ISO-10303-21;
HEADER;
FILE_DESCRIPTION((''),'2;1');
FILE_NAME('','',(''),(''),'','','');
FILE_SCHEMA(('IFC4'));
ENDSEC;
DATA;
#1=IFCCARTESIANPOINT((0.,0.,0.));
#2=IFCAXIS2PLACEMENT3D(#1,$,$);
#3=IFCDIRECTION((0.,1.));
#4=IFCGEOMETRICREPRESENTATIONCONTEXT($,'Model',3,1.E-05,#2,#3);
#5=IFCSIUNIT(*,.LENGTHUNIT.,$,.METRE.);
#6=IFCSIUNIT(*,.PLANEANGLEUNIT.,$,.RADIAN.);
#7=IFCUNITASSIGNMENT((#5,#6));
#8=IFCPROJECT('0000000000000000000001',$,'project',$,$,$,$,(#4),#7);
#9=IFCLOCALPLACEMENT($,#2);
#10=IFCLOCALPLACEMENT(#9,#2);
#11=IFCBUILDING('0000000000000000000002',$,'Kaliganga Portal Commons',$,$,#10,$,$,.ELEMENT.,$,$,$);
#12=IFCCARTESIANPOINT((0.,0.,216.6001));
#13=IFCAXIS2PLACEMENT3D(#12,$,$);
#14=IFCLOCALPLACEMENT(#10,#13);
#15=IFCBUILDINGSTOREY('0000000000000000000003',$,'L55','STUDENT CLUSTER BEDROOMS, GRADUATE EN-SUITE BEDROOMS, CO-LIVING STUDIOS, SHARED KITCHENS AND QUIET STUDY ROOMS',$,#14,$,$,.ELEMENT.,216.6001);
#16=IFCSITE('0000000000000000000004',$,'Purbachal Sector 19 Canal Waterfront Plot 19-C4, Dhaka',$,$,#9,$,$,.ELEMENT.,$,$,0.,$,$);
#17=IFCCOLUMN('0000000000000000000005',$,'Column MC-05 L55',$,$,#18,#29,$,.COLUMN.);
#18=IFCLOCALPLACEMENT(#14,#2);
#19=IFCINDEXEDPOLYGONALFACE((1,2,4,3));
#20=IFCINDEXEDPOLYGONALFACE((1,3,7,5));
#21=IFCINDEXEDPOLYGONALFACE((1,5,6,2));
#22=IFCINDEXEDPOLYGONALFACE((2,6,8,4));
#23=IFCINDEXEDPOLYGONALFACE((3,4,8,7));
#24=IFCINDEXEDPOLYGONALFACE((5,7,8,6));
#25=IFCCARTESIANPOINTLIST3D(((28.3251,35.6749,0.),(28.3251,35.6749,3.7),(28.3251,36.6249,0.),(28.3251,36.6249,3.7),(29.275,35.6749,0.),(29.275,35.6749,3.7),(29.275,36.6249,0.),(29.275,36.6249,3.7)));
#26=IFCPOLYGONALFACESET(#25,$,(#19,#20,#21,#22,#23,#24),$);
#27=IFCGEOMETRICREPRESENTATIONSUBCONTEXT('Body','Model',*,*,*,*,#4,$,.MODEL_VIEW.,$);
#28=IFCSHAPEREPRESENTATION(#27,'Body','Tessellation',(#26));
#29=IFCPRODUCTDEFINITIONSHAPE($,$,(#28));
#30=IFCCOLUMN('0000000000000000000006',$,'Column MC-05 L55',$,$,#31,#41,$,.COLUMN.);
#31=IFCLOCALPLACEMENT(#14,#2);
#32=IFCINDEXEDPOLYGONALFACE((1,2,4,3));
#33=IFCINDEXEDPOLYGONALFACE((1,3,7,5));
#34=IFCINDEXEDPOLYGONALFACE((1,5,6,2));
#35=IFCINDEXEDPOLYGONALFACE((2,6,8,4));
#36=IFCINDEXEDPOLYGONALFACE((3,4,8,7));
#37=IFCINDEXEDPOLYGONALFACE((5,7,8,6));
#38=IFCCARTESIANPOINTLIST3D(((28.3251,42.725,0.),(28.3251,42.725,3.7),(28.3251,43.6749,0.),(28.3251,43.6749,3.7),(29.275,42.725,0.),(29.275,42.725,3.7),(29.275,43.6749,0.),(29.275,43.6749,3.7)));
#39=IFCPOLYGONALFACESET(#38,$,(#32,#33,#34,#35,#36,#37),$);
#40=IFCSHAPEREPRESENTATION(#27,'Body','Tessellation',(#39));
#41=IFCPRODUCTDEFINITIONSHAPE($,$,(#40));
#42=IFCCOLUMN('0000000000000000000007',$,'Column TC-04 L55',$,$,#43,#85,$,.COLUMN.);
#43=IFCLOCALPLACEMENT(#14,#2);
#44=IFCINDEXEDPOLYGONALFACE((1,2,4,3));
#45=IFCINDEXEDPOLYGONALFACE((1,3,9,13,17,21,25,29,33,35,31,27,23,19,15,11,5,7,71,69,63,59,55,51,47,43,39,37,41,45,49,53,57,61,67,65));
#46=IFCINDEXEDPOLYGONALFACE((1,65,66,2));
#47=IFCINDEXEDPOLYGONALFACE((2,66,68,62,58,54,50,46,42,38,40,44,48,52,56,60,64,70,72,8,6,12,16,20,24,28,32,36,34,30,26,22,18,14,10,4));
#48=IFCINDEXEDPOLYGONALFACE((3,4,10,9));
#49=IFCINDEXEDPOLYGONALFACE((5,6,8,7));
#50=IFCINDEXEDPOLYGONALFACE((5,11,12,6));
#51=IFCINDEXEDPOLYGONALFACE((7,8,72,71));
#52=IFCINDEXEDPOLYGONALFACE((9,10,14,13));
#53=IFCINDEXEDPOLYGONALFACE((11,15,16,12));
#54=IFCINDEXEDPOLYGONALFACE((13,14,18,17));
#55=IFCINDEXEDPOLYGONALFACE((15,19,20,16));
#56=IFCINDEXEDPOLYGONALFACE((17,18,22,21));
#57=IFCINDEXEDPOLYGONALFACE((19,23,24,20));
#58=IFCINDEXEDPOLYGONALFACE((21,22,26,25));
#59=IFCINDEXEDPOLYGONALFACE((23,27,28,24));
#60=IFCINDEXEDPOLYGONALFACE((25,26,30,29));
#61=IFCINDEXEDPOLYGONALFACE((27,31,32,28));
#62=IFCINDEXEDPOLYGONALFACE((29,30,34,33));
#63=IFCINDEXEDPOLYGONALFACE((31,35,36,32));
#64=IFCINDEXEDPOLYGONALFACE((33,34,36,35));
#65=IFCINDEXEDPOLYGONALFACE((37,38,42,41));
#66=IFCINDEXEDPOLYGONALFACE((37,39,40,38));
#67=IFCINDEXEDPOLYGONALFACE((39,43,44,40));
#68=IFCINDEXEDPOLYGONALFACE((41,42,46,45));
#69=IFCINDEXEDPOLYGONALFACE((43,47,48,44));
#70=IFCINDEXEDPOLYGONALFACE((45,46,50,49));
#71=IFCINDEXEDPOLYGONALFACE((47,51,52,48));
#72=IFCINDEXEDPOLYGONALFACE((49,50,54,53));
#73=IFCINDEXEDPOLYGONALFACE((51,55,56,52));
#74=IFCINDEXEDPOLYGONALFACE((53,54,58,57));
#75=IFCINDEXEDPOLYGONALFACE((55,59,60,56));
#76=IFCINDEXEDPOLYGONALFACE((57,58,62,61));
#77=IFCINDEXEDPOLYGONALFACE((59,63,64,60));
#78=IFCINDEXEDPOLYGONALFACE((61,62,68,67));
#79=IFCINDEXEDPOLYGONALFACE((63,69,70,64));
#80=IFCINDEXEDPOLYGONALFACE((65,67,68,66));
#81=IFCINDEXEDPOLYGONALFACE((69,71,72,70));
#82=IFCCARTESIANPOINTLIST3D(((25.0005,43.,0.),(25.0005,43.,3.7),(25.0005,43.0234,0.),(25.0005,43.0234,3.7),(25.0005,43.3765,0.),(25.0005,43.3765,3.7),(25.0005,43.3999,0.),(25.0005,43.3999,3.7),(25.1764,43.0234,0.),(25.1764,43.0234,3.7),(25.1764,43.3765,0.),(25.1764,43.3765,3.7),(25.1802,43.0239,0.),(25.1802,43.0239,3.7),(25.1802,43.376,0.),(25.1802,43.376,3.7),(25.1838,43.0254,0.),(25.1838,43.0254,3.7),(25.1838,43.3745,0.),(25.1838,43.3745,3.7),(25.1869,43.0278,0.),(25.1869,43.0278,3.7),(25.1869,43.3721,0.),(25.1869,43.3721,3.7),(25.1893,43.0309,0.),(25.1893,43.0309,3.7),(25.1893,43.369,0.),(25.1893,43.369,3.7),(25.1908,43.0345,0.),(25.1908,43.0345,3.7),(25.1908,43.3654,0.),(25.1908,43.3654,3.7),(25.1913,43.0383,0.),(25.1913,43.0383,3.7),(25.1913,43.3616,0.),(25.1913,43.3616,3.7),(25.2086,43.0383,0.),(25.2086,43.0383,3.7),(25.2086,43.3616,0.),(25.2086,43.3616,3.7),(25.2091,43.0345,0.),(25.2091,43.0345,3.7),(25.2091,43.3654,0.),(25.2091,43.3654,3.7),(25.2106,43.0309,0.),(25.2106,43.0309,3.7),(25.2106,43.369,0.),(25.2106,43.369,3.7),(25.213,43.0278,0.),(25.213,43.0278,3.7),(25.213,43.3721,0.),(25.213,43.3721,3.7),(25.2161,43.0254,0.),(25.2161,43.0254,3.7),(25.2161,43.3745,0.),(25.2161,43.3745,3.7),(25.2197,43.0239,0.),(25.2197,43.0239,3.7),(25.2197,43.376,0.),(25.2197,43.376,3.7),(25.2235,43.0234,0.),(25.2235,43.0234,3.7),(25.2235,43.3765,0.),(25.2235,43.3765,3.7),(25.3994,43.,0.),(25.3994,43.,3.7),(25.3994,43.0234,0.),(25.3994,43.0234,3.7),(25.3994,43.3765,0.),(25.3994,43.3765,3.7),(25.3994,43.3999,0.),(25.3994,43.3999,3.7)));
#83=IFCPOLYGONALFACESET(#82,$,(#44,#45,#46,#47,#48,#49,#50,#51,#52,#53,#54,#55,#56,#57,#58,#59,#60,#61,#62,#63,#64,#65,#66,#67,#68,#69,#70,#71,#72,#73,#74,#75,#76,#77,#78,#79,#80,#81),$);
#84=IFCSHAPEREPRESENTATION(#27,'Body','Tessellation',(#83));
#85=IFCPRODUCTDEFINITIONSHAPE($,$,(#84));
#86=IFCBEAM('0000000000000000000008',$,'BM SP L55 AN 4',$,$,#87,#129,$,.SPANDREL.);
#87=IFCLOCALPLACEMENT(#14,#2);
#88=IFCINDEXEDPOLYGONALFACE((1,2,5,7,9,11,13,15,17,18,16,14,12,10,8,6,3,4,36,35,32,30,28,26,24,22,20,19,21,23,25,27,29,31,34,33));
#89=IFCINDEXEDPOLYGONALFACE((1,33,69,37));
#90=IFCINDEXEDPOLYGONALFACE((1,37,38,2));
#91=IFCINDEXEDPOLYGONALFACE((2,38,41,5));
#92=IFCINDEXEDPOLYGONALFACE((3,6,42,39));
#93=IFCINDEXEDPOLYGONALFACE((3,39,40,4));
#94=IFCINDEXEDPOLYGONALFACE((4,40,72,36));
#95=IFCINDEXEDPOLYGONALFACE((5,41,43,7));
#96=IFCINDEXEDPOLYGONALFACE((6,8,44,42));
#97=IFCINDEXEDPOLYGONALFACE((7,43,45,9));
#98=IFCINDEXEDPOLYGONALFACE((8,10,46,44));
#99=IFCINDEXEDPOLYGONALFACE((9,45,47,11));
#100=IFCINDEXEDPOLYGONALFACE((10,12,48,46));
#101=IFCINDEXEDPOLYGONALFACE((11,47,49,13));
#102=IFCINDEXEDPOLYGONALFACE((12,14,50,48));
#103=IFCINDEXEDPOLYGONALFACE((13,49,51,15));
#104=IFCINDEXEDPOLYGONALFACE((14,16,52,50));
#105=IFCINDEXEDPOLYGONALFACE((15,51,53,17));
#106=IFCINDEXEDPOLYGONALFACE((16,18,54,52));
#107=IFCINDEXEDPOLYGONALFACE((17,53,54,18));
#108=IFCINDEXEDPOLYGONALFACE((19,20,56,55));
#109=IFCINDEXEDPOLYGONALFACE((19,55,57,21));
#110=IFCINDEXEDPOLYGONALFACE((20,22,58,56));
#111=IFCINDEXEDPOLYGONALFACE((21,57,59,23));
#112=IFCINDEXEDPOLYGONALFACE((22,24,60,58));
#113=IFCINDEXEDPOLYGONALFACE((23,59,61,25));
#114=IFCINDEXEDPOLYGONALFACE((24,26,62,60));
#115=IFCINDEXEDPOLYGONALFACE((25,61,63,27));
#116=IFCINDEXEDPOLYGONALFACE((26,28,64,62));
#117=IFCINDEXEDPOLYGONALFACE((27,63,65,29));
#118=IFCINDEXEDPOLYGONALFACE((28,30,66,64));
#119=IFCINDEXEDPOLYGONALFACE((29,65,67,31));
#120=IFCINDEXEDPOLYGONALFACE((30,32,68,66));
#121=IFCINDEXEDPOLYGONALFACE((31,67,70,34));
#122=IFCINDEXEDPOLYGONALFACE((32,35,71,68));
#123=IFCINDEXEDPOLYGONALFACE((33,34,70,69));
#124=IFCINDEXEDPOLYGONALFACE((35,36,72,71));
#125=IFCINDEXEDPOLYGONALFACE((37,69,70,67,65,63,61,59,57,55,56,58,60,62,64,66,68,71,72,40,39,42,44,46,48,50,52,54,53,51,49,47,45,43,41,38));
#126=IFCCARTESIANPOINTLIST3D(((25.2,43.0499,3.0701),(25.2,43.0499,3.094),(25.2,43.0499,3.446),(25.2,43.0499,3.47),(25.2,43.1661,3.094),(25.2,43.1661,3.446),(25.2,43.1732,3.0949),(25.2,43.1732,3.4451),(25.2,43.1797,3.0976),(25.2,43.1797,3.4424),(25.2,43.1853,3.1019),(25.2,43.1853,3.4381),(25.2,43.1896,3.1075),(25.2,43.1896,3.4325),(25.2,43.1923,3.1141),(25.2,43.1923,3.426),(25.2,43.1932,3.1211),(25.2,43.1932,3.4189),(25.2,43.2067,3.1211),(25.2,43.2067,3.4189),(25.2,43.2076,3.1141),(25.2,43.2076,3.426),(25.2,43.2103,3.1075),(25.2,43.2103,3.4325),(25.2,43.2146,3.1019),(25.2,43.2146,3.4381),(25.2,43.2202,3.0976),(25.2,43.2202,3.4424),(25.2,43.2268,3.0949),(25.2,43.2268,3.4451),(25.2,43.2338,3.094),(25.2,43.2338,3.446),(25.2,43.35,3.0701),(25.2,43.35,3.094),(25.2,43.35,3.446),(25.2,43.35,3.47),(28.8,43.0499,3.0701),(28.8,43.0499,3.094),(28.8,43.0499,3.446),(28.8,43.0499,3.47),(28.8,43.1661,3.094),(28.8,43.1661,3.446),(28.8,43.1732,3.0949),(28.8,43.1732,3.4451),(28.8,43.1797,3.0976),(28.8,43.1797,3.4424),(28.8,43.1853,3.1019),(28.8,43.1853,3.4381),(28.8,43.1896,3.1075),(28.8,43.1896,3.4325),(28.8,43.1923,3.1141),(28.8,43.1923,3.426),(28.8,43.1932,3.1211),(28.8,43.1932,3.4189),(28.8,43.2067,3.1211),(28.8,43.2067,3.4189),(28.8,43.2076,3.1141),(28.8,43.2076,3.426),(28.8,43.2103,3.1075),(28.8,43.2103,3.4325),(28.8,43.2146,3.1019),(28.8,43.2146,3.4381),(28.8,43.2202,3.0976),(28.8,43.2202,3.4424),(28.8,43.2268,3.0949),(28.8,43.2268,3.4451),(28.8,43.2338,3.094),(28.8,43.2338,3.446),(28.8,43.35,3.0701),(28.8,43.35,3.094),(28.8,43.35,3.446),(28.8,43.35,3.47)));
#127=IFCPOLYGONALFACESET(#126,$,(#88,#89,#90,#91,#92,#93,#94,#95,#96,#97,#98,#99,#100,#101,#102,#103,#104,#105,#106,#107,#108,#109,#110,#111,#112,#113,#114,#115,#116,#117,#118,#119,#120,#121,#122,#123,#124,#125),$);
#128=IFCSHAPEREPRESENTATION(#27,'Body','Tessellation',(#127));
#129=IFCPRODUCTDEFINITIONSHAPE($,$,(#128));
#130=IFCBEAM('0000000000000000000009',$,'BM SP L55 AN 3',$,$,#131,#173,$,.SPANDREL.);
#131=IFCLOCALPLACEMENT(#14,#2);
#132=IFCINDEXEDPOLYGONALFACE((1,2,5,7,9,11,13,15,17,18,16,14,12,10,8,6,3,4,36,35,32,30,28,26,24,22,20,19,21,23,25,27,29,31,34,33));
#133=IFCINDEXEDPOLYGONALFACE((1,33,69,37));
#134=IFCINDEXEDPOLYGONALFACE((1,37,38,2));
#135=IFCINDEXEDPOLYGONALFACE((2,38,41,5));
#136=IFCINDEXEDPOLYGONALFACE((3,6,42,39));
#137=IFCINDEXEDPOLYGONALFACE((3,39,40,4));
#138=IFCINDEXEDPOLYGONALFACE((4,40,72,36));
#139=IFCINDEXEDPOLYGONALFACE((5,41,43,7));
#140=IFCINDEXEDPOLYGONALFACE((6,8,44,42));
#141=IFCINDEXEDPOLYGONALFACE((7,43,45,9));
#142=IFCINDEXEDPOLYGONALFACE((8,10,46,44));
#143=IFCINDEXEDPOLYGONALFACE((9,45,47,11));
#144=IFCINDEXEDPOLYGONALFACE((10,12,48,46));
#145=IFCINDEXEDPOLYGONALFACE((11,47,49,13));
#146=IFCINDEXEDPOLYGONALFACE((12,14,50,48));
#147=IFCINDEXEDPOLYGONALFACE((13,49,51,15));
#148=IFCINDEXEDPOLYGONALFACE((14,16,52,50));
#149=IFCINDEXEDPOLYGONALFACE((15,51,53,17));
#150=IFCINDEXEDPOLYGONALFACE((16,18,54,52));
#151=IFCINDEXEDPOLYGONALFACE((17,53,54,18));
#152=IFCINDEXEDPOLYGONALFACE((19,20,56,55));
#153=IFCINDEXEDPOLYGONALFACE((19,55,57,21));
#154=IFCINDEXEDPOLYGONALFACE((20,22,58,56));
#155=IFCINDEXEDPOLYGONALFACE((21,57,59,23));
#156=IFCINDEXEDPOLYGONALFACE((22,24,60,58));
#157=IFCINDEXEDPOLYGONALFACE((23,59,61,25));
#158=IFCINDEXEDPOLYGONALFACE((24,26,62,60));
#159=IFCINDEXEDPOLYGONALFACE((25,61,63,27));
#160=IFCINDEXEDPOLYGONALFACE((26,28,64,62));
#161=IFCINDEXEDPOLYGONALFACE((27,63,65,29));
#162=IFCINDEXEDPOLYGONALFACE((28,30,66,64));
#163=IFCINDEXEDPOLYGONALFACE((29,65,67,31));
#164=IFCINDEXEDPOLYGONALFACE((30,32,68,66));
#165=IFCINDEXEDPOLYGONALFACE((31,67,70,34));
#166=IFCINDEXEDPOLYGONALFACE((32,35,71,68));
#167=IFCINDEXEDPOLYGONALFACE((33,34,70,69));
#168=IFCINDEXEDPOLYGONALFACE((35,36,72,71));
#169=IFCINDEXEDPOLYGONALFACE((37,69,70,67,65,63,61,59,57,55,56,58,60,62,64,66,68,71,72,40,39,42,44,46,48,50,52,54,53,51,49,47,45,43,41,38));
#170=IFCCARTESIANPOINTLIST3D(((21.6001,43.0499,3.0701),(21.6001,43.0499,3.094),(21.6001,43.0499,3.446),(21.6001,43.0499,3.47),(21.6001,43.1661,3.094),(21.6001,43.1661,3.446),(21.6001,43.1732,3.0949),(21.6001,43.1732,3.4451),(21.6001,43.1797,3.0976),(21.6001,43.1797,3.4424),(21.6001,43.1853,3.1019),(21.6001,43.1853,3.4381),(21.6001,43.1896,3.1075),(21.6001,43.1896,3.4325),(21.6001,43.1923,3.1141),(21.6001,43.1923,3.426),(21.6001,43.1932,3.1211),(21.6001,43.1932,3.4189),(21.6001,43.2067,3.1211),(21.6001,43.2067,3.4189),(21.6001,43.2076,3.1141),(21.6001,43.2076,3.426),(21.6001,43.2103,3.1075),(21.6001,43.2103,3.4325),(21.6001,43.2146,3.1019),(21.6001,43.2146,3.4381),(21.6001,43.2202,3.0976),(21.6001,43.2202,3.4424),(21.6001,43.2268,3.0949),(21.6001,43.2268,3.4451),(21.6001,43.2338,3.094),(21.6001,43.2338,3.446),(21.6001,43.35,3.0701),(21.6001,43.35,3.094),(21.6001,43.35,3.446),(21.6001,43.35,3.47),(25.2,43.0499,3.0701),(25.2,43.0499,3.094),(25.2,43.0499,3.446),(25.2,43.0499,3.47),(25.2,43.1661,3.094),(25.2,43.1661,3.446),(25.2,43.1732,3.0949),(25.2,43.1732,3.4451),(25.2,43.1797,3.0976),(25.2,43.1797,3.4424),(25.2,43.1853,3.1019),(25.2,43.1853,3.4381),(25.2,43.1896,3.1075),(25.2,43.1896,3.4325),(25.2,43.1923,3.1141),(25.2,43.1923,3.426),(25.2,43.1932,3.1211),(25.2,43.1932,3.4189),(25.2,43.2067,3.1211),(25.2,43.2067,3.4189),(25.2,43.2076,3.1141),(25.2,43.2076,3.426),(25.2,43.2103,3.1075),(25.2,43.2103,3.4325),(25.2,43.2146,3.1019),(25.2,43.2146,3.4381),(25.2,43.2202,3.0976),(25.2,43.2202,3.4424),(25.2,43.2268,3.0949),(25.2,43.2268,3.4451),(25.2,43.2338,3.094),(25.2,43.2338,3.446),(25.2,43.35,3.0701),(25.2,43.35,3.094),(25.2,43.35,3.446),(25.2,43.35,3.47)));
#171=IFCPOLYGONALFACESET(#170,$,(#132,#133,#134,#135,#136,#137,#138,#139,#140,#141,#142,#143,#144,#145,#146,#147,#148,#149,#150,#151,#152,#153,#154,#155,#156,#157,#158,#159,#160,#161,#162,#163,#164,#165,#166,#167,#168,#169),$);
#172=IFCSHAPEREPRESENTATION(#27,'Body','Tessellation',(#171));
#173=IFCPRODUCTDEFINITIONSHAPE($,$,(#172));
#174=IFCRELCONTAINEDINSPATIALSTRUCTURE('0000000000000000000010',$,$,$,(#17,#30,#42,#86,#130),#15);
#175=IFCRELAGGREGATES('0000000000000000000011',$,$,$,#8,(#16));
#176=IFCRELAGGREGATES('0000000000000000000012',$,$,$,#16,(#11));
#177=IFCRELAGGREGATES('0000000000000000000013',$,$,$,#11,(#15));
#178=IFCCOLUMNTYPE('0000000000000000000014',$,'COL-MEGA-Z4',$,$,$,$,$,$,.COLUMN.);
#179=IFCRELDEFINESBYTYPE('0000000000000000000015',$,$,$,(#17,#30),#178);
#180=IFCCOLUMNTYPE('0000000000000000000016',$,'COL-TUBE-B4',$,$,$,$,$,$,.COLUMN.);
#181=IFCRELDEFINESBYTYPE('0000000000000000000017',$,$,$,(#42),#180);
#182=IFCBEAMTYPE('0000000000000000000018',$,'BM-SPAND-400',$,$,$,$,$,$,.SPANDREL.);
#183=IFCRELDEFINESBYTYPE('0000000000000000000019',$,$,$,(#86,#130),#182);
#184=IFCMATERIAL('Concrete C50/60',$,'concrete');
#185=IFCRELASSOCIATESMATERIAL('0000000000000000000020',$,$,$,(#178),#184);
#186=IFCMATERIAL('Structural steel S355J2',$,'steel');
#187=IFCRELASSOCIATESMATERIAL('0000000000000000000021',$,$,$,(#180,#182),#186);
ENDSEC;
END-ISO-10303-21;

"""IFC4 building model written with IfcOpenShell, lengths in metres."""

from ifc_helpers import new_model, si_unit, direction, frame, origin, origin_2d, place, context, subcontext, project, spatial, rectangle, i_section, extrude, source, transform, mapped, material, material_profile, profile_set, type_object, element, save


model = new_model("IFC4")

# Units and contexts
model_context = context("Model", 3, precision=1e-05, world=origin(), true_north=direction((0.0, 1.0)))
body_context = subcontext(model_context, "Body", "Model", "MODEL_VIEW")
ifc_project = project(units=[si_unit("LENGTHUNIT", "METRE"), si_unit("PLANEANGLEUNIT", "RADIAN")], contexts=[model_context])

# Site, building, storey
site_placement = place(None, origin())
site = spatial("IfcSite", under=ifc_project, at=site_placement, Name="Purbachal Sector 19 Canal Waterfront Plot 19-C4, Dhaka", CompositionType="ELEMENT", RefElevation=0.0)
building_placement = place(site_placement, origin())
building = spatial("IfcBuilding", under=site, at=building_placement, Name="Kaliganga Portal Commons", CompositionType="ELEMENT")
storey_placement = place(building_placement, frame((0.0, 0.0, 216.6001)))
storey = spatial("IfcBuildingStorey", under=building, at=storey_placement, Name="L55", Description="STUDENT CLUSTER BEDROOMS, GRADUATE EN-SUITE BEDROOMS, CO-LIVING STUDIOS, SHARED KITCHENS AND QUIET STUDY ROOMS", CompositionType="ELEMENT", Elevation=216.6001)

# Columns
ifc_material_1 = material(Name="Concrete C50/60", Category="concrete")
ifc_material_profile_1 = material_profile(ifc_material_1, rectangle(XDim=0.95, YDim=0.95, at=origin_2d()), Name="RC 950x950")
ifc_profile_set_1 = profile_set([ifc_material_profile_1], Name="Concrete C50/60")
column_type_1 = type_object("IfcColumnType", Name="COL-MEGA-Z4", PredefinedType="COLUMN", material=ifc_profile_set_1)
shared_shape_1 = source(origin(), body_context, "Body", "SweptSolid", [
    extrude(rectangle(XDim=0.95, YDim=0.95, at=origin_2d()), origin(), (0.0, 0.0, 1.0), 3.7),
])
for number, where, z_axis, x_axis, name in (
    (1, (28.8, 36.1499, 0.0), (0.0, 0.0, 1.0), (1.0, 0.0, 0.0), "Column MC-05 L55"),
    (2, (28.8, 43.2, 0.0), (0.0, 0.0, 1.0), (1.0, 0.0, 0.0), "Column MC-05 L55"),
):
    element("IfcColumn", number, at=place(storey_placement, frame(where, z_axis=z_axis, x_axis=x_axis)), inside=storey, type_object=column_type_1, Name=name, PredefinedType="COLUMN", context=body_context, shape_type="MappedRepresentation", body=[
        mapped(shared_shape_1, transform((0.0, 0.0, 0.0), x_axis=(1.0, 0.0, 0.0), y_axis=(0.0, 1.0, 0.0), z_axis=(0.0, 0.0, 1.0), scale=1.0)),
    ])
ifc_material_2 = material(Name="Structural steel S355J2", Category="steel")
ifc_material_profile_2 = material_profile(ifc_material_2, i_section(OverallWidth=0.3989, OverallDepth=0.3999, WebThickness=0.0173, FlangeThickness=0.0234, FilletRadius=0.0149, at=origin_2d()), Name="HD 400x287")
ifc_profile_set_2 = profile_set([ifc_material_profile_2], Name="Structural steel S355J2 wide-flange")
column_type_2 = type_object("IfcColumnType", Name="COL-TUBE-B4", PredefinedType="COLUMN", material=ifc_profile_set_2)
shared_shape_2 = source(origin(), body_context, "Body", "SweptSolid", [
    extrude(i_section(OverallWidth=0.3989, OverallDepth=0.3999, WebThickness=0.0173, FlangeThickness=0.0234, FilletRadius=0.0149, at=origin_2d()), origin(), (0.0, 0.0, 1.0), 3.7),
])
column_placement = place(storey_placement, frame((25.2, 43.2, 0.0), z_axis=(0.0, 0.0, 1.0), x_axis=(1.0, 0.0, 0.0)))
element("IfcColumn", 3, at=column_placement, inside=storey, type_object=column_type_2, Name="Column TC-04 L55", PredefinedType="COLUMN", context=body_context, shape_type="MappedRepresentation", body=[
    mapped(shared_shape_2, transform((0.0, 0.0, 0.0), x_axis=(1.0, 0.0, 0.0), y_axis=(0.0, 1.0, 0.0), z_axis=(0.0, 0.0, 1.0), scale=1.0)),
])

# Beams
ifc_material_profile_3 = material_profile(ifc_material_2, i_section(OverallWidth=0.3, OverallDepth=0.3999, WebThickness=0.0134, FlangeThickness=0.0239, FilletRadius=0.0271, at=origin_2d()), Name="HE 400 B")
ifc_profile_set_3 = profile_set([ifc_material_profile_3], Name="Structural steel S355J2 wide-flange")
beam_type_1 = type_object("IfcBeamType", Name="BM-SPAND-400", PredefinedType="SPANDREL", material=ifc_profile_set_3)
shared_shape_3 = source(origin(), body_context, "Body", "SweptSolid", [
    extrude(i_section(OverallWidth=0.3, OverallDepth=0.3999, WebThickness=0.0134, FlangeThickness=0.0239, FilletRadius=0.0271, at=origin_2d()), origin(), (0.0, 0.0, 1.0), 3.6001),
])
beam_1_placement = place(storey_placement, frame((25.2, 43.2, 3.27), z_axis=(1.0, 0.0, 0.0), x_axis=(0.0, 1.0, 0.0)))
element("IfcBeam", 4, at=beam_1_placement, inside=storey, type_object=beam_type_1, Name="BM SP L55 AN 4", PredefinedType="SPANDREL", context=body_context, shape_type="MappedRepresentation", body=[
    mapped(shared_shape_3, transform((0.0, 0.0, 0.0), x_axis=(1.0, 0.0, 0.0), y_axis=(0.0, 1.0, 0.0), z_axis=(0.0, 0.0, 1.0), scale=1.0)),
])
shared_shape_4 = source(origin(), body_context, "Body", "SweptSolid", [
    extrude(i_section(OverallWidth=0.3, OverallDepth=0.3999, WebThickness=0.0134, FlangeThickness=0.0239, FilletRadius=0.0271, at=origin_2d()), origin(), (0.0, 0.0, 1.0), 3.5999),
])
for number, where, z_axis, x_axis, name in (
    (5, (21.6001, 43.2, 3.27), (1.0, 0.0, 0.0), (0.0, 1.0, 0.0), "BM SP L55 AN 3"),
):
    element("IfcBeam", number, at=place(storey_placement, frame(where, z_axis=z_axis, x_axis=x_axis)), inside=storey, type_object=beam_type_1, Name=name, PredefinedType="SPANDREL", context=body_context, shape_type="MappedRepresentation", body=[
        mapped(shared_shape_4, transform((0.0, 0.0, 0.0), x_axis=(1.0, 0.0, 0.0), y_axis=(0.0, 1.0, 0.0), z_axis=(0.0, 0.0, 1.0), scale=1.0)),
    ])

save(model, "model.ifc")
